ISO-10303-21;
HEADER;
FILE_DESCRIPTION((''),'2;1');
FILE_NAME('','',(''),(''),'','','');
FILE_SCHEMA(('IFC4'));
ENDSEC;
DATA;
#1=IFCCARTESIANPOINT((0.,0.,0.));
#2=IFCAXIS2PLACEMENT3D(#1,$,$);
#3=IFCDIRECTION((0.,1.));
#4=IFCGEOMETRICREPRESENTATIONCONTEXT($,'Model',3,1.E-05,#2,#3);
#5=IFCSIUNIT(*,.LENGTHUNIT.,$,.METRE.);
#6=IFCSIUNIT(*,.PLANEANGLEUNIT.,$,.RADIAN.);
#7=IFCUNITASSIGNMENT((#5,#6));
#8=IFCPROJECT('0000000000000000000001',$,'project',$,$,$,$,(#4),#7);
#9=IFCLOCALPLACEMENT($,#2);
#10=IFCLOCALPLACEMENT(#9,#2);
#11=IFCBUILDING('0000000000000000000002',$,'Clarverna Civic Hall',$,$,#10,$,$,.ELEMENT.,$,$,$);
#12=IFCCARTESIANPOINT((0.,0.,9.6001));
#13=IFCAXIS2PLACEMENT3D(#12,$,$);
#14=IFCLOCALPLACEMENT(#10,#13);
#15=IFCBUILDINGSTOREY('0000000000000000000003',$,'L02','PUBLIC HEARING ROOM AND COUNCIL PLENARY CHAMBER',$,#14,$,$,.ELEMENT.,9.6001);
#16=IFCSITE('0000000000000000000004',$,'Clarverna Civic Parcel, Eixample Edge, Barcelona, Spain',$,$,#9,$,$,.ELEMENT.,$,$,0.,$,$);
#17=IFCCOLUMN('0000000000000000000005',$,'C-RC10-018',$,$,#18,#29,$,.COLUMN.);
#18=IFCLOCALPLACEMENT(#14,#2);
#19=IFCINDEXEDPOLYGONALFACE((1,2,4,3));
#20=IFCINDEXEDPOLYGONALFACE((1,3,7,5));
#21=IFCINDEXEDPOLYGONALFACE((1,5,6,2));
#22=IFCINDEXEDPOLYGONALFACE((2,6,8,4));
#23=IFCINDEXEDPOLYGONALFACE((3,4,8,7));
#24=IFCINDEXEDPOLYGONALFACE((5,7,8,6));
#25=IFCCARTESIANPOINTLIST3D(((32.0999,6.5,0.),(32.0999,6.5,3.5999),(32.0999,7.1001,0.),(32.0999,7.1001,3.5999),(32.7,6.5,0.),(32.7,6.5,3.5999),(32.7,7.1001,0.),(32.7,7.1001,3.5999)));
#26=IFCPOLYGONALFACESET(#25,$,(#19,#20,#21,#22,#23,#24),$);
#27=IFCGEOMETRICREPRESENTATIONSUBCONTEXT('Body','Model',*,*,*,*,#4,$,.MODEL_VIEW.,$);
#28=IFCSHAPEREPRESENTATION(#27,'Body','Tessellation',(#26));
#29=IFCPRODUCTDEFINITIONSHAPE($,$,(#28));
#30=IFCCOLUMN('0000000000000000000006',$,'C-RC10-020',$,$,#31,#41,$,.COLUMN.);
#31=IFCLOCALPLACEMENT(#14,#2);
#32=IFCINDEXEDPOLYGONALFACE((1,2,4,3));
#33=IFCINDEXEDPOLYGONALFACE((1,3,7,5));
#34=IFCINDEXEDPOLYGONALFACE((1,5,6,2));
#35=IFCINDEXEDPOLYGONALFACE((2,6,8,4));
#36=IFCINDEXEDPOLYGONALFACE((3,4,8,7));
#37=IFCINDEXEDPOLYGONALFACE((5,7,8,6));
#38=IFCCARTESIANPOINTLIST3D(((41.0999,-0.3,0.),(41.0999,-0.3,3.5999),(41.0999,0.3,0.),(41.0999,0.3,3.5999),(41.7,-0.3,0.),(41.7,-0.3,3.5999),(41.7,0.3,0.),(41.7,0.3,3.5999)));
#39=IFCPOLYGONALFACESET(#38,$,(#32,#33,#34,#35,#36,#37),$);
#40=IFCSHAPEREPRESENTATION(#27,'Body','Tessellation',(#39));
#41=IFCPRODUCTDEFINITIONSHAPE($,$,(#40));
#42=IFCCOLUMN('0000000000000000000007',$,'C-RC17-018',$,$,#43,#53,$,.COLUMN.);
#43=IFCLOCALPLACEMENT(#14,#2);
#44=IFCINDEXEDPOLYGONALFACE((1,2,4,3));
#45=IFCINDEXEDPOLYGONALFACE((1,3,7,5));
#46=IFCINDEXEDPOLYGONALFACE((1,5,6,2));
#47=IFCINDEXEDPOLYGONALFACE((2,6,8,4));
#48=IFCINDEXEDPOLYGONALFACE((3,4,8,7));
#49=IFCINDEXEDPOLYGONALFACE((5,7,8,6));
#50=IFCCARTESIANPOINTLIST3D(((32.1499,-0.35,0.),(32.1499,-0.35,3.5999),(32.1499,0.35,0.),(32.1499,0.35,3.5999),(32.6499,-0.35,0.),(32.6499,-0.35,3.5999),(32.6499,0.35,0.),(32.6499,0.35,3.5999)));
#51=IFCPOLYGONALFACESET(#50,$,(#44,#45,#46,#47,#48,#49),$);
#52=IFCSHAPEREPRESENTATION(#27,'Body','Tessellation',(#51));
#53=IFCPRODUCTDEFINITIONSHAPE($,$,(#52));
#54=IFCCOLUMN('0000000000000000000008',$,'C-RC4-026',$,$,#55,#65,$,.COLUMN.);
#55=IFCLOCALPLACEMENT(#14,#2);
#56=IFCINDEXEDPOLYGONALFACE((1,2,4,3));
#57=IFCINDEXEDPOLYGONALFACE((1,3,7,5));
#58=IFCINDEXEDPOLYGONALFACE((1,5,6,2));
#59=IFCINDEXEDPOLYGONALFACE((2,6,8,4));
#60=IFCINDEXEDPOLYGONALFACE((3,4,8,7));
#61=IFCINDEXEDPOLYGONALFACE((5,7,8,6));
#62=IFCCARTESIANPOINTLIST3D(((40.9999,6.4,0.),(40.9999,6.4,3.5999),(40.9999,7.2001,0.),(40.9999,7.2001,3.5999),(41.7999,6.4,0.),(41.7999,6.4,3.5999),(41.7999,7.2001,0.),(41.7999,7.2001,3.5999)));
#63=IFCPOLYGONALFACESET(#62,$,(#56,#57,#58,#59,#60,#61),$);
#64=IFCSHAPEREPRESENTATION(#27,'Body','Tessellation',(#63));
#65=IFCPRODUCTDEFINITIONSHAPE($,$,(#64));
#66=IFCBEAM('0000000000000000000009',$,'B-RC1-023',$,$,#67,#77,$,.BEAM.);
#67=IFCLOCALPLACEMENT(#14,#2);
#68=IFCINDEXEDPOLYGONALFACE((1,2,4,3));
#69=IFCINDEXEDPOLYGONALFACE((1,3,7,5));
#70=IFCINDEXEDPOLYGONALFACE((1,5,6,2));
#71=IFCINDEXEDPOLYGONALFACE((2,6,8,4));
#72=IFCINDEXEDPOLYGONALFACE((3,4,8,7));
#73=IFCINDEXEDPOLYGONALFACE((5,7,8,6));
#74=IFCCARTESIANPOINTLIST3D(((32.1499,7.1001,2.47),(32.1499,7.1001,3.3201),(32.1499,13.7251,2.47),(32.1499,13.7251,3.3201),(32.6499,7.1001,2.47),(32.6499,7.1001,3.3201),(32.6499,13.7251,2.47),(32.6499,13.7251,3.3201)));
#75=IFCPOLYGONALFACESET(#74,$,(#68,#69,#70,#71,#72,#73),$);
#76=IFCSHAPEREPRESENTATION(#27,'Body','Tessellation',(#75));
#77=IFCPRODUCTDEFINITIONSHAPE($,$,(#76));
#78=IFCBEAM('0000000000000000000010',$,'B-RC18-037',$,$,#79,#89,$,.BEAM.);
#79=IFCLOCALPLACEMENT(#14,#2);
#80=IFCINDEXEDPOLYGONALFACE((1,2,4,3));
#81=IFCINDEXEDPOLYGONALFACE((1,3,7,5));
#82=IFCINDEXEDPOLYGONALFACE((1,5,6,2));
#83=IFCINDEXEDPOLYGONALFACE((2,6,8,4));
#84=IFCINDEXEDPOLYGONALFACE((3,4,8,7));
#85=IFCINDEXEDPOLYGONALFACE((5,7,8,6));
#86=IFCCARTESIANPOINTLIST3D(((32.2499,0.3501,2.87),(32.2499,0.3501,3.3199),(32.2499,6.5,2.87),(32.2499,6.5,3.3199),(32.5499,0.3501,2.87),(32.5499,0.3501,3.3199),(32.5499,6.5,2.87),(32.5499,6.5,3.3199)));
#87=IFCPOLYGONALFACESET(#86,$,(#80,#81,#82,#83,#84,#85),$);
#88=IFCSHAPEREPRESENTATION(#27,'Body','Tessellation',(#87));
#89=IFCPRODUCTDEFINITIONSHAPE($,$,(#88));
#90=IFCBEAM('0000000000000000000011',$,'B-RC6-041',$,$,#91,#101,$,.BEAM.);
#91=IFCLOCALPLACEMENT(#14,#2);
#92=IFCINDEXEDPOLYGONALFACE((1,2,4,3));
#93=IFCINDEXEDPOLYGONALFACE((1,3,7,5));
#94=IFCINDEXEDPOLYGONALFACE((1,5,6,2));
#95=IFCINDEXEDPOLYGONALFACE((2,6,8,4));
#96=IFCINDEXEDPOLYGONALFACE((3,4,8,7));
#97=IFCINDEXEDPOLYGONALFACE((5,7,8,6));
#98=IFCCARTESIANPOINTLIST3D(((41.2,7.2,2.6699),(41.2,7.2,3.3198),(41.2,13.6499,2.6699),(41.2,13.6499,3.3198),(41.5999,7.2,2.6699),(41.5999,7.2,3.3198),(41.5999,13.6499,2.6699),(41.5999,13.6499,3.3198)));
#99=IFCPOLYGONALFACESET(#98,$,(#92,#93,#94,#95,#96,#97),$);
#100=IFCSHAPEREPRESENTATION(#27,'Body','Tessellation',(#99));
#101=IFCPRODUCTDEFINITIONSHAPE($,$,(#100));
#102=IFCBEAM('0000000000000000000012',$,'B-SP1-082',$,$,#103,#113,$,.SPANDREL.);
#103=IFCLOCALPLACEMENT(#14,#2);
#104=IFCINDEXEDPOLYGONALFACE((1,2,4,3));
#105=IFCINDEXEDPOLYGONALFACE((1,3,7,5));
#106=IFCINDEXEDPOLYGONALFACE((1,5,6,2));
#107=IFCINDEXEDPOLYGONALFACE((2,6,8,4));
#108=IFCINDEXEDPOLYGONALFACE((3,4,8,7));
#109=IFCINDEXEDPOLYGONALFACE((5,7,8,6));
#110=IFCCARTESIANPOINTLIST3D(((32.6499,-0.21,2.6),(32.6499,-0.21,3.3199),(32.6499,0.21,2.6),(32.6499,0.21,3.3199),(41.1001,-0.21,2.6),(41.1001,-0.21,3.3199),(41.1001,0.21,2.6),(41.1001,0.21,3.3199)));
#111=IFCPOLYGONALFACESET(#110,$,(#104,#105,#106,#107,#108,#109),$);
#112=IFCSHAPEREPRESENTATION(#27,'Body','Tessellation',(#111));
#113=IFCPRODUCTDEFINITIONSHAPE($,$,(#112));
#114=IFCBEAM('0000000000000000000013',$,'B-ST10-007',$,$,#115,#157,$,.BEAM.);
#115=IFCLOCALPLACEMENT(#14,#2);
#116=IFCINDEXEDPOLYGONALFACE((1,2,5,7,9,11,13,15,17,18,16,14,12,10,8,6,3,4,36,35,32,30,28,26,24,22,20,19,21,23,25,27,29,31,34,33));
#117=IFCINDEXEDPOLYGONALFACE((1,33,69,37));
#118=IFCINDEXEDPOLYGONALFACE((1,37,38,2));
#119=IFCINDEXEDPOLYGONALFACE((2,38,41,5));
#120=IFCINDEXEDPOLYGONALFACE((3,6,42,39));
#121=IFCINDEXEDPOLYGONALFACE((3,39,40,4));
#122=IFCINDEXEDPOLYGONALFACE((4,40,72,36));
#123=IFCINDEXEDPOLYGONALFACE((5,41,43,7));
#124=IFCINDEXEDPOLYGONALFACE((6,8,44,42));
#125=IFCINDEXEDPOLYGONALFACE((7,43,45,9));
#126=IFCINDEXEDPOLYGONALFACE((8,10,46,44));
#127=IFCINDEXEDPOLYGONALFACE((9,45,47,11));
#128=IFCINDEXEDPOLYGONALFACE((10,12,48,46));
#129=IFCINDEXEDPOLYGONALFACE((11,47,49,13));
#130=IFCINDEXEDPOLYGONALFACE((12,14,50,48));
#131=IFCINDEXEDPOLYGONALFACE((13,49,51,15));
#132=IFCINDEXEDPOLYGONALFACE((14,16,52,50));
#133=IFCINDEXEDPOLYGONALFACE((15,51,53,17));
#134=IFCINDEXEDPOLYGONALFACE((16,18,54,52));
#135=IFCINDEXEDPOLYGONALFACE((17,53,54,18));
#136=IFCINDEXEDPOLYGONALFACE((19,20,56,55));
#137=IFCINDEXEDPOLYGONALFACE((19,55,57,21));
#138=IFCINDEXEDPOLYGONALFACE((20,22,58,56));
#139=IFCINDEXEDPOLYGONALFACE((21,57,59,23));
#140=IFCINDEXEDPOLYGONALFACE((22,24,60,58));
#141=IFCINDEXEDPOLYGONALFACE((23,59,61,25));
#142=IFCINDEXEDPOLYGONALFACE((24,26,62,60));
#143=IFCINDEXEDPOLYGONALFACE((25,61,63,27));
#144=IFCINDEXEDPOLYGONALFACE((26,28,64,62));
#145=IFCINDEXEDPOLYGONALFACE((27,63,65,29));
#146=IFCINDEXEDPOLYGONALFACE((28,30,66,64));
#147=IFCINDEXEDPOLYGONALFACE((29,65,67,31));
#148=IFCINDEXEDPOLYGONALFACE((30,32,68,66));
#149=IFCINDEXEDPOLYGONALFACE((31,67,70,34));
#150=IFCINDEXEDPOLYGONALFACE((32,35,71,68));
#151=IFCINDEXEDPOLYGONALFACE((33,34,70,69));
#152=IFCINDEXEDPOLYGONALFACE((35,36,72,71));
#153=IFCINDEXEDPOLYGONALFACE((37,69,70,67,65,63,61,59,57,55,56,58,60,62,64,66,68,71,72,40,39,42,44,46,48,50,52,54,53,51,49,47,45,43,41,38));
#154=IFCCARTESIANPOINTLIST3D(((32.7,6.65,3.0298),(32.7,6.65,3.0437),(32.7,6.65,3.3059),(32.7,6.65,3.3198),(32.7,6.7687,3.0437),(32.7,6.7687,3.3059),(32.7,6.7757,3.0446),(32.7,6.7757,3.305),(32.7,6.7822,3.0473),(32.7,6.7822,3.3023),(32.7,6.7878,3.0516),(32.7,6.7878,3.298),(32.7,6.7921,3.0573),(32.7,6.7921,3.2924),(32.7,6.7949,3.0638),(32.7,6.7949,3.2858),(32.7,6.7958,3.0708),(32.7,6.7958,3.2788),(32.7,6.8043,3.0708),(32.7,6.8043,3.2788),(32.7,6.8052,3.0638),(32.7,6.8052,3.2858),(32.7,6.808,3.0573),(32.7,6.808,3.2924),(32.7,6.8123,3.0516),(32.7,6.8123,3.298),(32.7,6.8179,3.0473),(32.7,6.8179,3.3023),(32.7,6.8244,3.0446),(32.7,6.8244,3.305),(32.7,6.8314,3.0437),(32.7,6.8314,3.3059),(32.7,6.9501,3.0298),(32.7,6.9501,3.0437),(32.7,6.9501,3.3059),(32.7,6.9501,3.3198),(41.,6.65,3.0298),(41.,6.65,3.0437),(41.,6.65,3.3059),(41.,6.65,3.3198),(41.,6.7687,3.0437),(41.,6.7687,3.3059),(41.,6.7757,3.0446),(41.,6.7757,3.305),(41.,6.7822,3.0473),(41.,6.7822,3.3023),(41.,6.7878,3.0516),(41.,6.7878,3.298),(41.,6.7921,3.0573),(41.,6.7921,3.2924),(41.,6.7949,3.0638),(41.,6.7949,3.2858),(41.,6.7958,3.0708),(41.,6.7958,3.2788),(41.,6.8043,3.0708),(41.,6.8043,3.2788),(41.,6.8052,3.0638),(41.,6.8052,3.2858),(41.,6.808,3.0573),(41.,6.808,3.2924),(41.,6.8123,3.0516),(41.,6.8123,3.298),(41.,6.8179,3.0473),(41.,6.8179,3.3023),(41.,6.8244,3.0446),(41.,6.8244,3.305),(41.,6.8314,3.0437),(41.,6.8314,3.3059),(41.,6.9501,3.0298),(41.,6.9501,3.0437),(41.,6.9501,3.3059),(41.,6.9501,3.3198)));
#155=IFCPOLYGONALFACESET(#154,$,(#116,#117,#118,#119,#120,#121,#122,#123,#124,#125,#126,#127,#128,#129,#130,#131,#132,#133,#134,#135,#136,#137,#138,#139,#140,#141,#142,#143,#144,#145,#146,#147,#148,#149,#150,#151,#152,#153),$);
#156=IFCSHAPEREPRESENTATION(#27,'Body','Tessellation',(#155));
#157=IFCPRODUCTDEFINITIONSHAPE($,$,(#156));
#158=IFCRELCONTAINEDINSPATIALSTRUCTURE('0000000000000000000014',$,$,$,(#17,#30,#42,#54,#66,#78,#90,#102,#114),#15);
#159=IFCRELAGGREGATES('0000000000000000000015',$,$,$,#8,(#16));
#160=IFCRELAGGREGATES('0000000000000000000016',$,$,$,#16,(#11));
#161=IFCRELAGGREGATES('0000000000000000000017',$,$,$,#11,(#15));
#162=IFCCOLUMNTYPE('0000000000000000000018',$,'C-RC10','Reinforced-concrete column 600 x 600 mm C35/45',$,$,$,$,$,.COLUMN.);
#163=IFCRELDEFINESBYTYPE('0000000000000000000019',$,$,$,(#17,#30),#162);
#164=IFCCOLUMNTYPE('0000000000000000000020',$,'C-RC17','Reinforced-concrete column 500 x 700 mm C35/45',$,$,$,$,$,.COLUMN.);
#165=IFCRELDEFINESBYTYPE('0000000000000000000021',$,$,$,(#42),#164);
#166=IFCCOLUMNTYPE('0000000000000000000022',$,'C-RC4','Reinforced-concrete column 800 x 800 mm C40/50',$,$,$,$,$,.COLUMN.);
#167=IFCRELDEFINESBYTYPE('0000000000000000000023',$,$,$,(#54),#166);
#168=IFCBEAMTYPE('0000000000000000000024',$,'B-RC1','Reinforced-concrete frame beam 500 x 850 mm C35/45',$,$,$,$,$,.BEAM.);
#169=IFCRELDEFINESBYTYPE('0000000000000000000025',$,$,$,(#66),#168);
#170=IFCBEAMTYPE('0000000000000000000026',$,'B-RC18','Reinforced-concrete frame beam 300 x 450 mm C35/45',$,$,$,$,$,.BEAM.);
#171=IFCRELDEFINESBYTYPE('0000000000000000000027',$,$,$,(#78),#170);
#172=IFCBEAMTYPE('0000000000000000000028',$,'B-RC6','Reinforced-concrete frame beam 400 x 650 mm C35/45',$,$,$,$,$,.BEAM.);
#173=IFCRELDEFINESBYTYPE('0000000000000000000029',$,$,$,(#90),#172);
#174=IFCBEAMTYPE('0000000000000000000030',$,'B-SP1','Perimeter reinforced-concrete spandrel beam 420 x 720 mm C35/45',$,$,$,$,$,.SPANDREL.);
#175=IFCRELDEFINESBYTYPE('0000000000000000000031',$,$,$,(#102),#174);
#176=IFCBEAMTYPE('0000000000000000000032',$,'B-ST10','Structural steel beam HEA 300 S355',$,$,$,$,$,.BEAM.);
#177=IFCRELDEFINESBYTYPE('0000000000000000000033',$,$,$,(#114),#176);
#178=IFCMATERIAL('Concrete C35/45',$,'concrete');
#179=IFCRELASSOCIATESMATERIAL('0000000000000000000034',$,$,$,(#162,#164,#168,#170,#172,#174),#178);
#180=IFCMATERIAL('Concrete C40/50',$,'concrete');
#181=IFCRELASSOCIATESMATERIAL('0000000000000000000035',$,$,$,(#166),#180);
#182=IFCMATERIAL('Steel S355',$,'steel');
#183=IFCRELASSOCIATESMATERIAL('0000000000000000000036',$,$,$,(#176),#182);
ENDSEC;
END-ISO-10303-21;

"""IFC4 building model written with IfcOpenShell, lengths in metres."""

from ifc_helpers import new_model, si_unit, direction, frame, origin, origin_2d, place, context, subcontext, project, spatial, rectangle, i_section, extrude, material, material_profile, profile_set, type_object, element, save


model = new_model("IFC4")

# Units and contexts
model_context = context("Model", 3, precision=1e-05, world=origin(), true_north=direction((0.0, 1.0)))
body_context = subcontext(model_context, "Body", "Model", "MODEL_VIEW")
ifc_project = project(units=[si_unit("LENGTHUNIT", "METRE"), si_unit("PLANEANGLEUNIT", "RADIAN")], contexts=[model_context])

# Site, building, storey
site_placement = place(None, origin())
site = spatial("IfcSite", under=ifc_project, at=site_placement, Name="Clarverna Civic Parcel, Eixample Edge, Barcelona, Spain", CompositionType="ELEMENT", RefElevation=0.0)
building_placement = place(site_placement, origin())
building = spatial("IfcBuilding", under=site, at=building_placement, Name="Clarverna Civic Hall", CompositionType="ELEMENT")
storey_placement = place(building_placement, frame((0.0, 0.0, 9.6001)))
storey = spatial("IfcBuildingStorey", under=building, at=storey_placement, Name="L02", Description="PUBLIC HEARING ROOM AND COUNCIL PLENARY CHAMBER", CompositionType="ELEMENT", Elevation=9.6001)

# Columns
ifc_material_1 = material(Name="Concrete C35/45", Category="concrete")
ifc_material_profile_1 = material_profile(ifc_material_1, rectangle(XDim=0.6001, YDim=0.6001, at=origin_2d()), Name="RC 600x600")
ifc_profile_set_1 = profile_set([ifc_material_profile_1], Name="Concrete C35/45")
column_type_1 = type_object("IfcColumnType", Name="C-RC10", Description="Reinforced-concrete column 600 x 600 mm C35/45", PredefinedType="COLUMN", material=ifc_profile_set_1)
for number, where, z_axis, x_axis, name in (
    (1, (32.3999, 6.8, 0.0), (0.0, 0.0, 1.0), (1.0, 0.0, 0.0), "C-RC10-018"),
    (2, (41.3999, 0.0, 0.0), (0.0, 0.0, 1.0), (1.0, 0.0, 0.0), "C-RC10-020"),
):
    element("IfcColumn", number, at=place(storey_placement, frame(where, z_axis=z_axis, x_axis=x_axis)), inside=storey, type_object=column_type_1, Name=name, PredefinedType="COLUMN", context=body_context, shape_type="SweptSolid", body=[
        extrude(rectangle(XDim=0.6001, YDim=0.6001, at=origin_2d()), origin(), (0.0, 0.0, 1.0), 3.5999),
    ])
ifc_material_profile_2 = material_profile(ifc_material_1, rectangle(XDim=0.5, YDim=0.7, at=origin_2d()), Name="RC 500x700")
ifc_profile_set_2 = profile_set([ifc_material_profile_2], Name="Concrete C35/45")
column_type_2 = type_object("IfcColumnType", Name="C-RC17", Description="Reinforced-concrete column 500 x 700 mm C35/45", PredefinedType="COLUMN", material=ifc_profile_set_2)
column_1_placement = place(storey_placement, frame((32.3999, 0.0, 0.0), z_axis=(0.0, 0.0, 1.0), x_axis=(1.0, 0.0, 0.0)))
element("IfcColumn", 3, at=column_1_placement, inside=storey, type_object=column_type_2, Name="C-RC17-018", PredefinedType="COLUMN", context=body_context, shape_type="SweptSolid", body=[
    extrude(rectangle(XDim=0.5, YDim=0.7, at=origin_2d()), origin(), (0.0, 0.0, 1.0), 3.5999),
])
ifc_material_2 = material(Name="Concrete C40/50", Category="concrete")
ifc_material_profile_3 = material_profile(ifc_material_2, rectangle(XDim=0.8, YDim=0.8, at=origin_2d()), Name="RC 800x800")
ifc_profile_set_3 = profile_set([ifc_material_profile_3], Name="Concrete C40/50")
column_type_3 = type_object("IfcColumnType", Name="C-RC4", Description="Reinforced-concrete column 800 x 800 mm C40/50", PredefinedType="COLUMN", material=ifc_profile_set_3)
column_2_placement = place(storey_placement, frame((41.3999, 6.8, 0.0), z_axis=(0.0, 0.0, 1.0), x_axis=(1.0, 0.0, 0.0)))
element("IfcColumn", 4, at=column_2_placement, inside=storey, type_object=column_type_3, Name="C-RC4-026", PredefinedType="COLUMN", context=body_context, shape_type="SweptSolid", body=[
    extrude(rectangle(XDim=0.8, YDim=0.8, at=origin_2d()), origin(), (0.0, 0.0, 1.0), 3.5999),
])

# Beams
ifc_material_profile_4 = material_profile(ifc_material_1, rectangle(XDim=0.5, YDim=0.8501, at=origin_2d()), Name="RC 500x850")
ifc_profile_set_4 = profile_set([ifc_material_profile_4], Name="Concrete C35/45")
beam_type_1 = type_object("IfcBeamType", Name="B-RC1", Description="Reinforced-concrete frame beam 500 x 850 mm C35/45", PredefinedType="BEAM", material=ifc_profile_set_4)
beam_1_placement = place(storey_placement, frame((32.3999, 7.1001, 2.895), z_axis=(0.0, 1.0, 0.0), x_axis=(-1.0, 0.0, 0.0)))
element("IfcBeam", 5, at=beam_1_placement, inside=storey, type_object=beam_type_1, Name="B-RC1-023", PredefinedType="BEAM", context=body_context, shape_type="SweptSolid", body=[
    extrude(rectangle(XDim=0.5, YDim=0.8501, at=origin_2d()), origin(), (0.0, 0.0, 1.0), 6.625),
])
ifc_material_profile_5 = material_profile(ifc_material_1, rectangle(XDim=0.3, YDim=0.45, at=origin_2d()), Name="RC 300x450")
ifc_profile_set_5 = profile_set([ifc_material_profile_5], Name="Concrete C35/45")
beam_type_2 = type_object("IfcBeamType", Name="B-RC18", Description="Reinforced-concrete frame beam 300 x 450 mm C35/45", PredefinedType="BEAM", material=ifc_profile_set_5)
beam_2_placement = place(storey_placement, frame((32.3999, 0.3501, 3.095), z_axis=(0.0, 1.0, 0.0), x_axis=(-1.0, 0.0, 0.0)))
element("IfcBeam", 6, at=beam_2_placement, inside=storey, type_object=beam_type_2, Name="B-RC18-037", PredefinedType="BEAM", context=body_context, shape_type="SweptSolid", body=[
    extrude(rectangle(XDim=0.3, YDim=0.45, at=origin_2d()), origin(), (0.0, 0.0, 1.0), 6.1499),
])
ifc_material_profile_6 = material_profile(ifc_material_1, rectangle(XDim=0.3999, YDim=0.6499, at=origin_2d()), Name="RC 400x650")
ifc_profile_set_6 = profile_set([ifc_material_profile_6], Name="Concrete C35/45")
beam_type_3 = type_object("IfcBeamType", Name="B-RC6", Description="Reinforced-concrete frame beam 400 x 650 mm C35/45", PredefinedType="BEAM", material=ifc_profile_set_6)
beam_3_placement = place(storey_placement, frame((41.3999, 7.2, 2.9949), z_axis=(0.0, 1.0, 0.0), x_axis=(-1.0, 0.0, 0.0)))
element("IfcBeam", 7, at=beam_3_placement, inside=storey, type_object=beam_type_3, Name="B-RC6-041", PredefinedType="BEAM", context=body_context, shape_type="SweptSolid", body=[
    extrude(rectangle(XDim=0.3999, YDim=0.6499, at=origin_2d()), origin(), (0.0, 0.0, 1.0), 6.45),
])
ifc_material_profile_7 = material_profile(ifc_material_1, rectangle(XDim=0.4199, YDim=0.72, at=origin_2d()), Name="RC 420x720")
ifc_profile_set_7 = profile_set([ifc_material_profile_7], Name="Concrete C35/45")
beam_type_4 = type_object("IfcBeamType", Name="B-SP1", Description="Perimeter reinforced-concrete spandrel beam 420 x 720 mm C35/45", PredefinedType="SPANDREL", material=ifc_profile_set_7)
beam_4_placement = place(storey_placement, frame((32.6499, 0.0, 2.96), z_axis=(1.0, 0.0, 0.0), x_axis=(0.0, 1.0, 0.0)))
element("IfcBeam", 8, at=beam_4_placement, inside=storey, type_object=beam_type_4, Name="B-SP1-082", PredefinedType="SPANDREL", context=body_context, shape_type="SweptSolid", body=[
    extrude(rectangle(XDim=0.4199, YDim=0.72, at=origin_2d()), origin(), (0.0, 0.0, 1.0), 8.4502),
])
ifc_material_3 = material(Name="Steel S355", Category="steel")
ifc_material_profile_8 = material_profile(ifc_material_3, i_section(OverallWidth=0.3, OverallDepth=0.29, WebThickness=0.0085, FlangeThickness=0.0139, FilletRadius=0.0271, at=origin_2d()), Name="HEA 300")
ifc_profile_set_8 = profile_set([ifc_material_profile_8], Name="Steel S355")
beam_type_5 = type_object("IfcBeamType", Name="B-ST10", Description="Structural steel beam HEA 300 S355", PredefinedType="BEAM", material=ifc_profile_set_8)
beam_5_placement = place(storey_placement, frame((32.7, 6.8, 3.1748), z_axis=(1.0, 0.0, 0.0), x_axis=(0.0, 1.0, 0.0)))
element("IfcBeam", 9, at=beam_5_placement, inside=storey, type_object=beam_type_5, Name="B-ST10-007", PredefinedType="BEAM", context=body_context, shape_type="SweptSolid", body=[
    extrude(i_section(OverallWidth=0.3, OverallDepth=0.29, WebThickness=0.0085, FlangeThickness=0.0139, FilletRadius=0.0271, at=origin_2d()), origin(), (0.0, 0.0, 1.0), 8.3),
])

save(model, "model.ifc")
